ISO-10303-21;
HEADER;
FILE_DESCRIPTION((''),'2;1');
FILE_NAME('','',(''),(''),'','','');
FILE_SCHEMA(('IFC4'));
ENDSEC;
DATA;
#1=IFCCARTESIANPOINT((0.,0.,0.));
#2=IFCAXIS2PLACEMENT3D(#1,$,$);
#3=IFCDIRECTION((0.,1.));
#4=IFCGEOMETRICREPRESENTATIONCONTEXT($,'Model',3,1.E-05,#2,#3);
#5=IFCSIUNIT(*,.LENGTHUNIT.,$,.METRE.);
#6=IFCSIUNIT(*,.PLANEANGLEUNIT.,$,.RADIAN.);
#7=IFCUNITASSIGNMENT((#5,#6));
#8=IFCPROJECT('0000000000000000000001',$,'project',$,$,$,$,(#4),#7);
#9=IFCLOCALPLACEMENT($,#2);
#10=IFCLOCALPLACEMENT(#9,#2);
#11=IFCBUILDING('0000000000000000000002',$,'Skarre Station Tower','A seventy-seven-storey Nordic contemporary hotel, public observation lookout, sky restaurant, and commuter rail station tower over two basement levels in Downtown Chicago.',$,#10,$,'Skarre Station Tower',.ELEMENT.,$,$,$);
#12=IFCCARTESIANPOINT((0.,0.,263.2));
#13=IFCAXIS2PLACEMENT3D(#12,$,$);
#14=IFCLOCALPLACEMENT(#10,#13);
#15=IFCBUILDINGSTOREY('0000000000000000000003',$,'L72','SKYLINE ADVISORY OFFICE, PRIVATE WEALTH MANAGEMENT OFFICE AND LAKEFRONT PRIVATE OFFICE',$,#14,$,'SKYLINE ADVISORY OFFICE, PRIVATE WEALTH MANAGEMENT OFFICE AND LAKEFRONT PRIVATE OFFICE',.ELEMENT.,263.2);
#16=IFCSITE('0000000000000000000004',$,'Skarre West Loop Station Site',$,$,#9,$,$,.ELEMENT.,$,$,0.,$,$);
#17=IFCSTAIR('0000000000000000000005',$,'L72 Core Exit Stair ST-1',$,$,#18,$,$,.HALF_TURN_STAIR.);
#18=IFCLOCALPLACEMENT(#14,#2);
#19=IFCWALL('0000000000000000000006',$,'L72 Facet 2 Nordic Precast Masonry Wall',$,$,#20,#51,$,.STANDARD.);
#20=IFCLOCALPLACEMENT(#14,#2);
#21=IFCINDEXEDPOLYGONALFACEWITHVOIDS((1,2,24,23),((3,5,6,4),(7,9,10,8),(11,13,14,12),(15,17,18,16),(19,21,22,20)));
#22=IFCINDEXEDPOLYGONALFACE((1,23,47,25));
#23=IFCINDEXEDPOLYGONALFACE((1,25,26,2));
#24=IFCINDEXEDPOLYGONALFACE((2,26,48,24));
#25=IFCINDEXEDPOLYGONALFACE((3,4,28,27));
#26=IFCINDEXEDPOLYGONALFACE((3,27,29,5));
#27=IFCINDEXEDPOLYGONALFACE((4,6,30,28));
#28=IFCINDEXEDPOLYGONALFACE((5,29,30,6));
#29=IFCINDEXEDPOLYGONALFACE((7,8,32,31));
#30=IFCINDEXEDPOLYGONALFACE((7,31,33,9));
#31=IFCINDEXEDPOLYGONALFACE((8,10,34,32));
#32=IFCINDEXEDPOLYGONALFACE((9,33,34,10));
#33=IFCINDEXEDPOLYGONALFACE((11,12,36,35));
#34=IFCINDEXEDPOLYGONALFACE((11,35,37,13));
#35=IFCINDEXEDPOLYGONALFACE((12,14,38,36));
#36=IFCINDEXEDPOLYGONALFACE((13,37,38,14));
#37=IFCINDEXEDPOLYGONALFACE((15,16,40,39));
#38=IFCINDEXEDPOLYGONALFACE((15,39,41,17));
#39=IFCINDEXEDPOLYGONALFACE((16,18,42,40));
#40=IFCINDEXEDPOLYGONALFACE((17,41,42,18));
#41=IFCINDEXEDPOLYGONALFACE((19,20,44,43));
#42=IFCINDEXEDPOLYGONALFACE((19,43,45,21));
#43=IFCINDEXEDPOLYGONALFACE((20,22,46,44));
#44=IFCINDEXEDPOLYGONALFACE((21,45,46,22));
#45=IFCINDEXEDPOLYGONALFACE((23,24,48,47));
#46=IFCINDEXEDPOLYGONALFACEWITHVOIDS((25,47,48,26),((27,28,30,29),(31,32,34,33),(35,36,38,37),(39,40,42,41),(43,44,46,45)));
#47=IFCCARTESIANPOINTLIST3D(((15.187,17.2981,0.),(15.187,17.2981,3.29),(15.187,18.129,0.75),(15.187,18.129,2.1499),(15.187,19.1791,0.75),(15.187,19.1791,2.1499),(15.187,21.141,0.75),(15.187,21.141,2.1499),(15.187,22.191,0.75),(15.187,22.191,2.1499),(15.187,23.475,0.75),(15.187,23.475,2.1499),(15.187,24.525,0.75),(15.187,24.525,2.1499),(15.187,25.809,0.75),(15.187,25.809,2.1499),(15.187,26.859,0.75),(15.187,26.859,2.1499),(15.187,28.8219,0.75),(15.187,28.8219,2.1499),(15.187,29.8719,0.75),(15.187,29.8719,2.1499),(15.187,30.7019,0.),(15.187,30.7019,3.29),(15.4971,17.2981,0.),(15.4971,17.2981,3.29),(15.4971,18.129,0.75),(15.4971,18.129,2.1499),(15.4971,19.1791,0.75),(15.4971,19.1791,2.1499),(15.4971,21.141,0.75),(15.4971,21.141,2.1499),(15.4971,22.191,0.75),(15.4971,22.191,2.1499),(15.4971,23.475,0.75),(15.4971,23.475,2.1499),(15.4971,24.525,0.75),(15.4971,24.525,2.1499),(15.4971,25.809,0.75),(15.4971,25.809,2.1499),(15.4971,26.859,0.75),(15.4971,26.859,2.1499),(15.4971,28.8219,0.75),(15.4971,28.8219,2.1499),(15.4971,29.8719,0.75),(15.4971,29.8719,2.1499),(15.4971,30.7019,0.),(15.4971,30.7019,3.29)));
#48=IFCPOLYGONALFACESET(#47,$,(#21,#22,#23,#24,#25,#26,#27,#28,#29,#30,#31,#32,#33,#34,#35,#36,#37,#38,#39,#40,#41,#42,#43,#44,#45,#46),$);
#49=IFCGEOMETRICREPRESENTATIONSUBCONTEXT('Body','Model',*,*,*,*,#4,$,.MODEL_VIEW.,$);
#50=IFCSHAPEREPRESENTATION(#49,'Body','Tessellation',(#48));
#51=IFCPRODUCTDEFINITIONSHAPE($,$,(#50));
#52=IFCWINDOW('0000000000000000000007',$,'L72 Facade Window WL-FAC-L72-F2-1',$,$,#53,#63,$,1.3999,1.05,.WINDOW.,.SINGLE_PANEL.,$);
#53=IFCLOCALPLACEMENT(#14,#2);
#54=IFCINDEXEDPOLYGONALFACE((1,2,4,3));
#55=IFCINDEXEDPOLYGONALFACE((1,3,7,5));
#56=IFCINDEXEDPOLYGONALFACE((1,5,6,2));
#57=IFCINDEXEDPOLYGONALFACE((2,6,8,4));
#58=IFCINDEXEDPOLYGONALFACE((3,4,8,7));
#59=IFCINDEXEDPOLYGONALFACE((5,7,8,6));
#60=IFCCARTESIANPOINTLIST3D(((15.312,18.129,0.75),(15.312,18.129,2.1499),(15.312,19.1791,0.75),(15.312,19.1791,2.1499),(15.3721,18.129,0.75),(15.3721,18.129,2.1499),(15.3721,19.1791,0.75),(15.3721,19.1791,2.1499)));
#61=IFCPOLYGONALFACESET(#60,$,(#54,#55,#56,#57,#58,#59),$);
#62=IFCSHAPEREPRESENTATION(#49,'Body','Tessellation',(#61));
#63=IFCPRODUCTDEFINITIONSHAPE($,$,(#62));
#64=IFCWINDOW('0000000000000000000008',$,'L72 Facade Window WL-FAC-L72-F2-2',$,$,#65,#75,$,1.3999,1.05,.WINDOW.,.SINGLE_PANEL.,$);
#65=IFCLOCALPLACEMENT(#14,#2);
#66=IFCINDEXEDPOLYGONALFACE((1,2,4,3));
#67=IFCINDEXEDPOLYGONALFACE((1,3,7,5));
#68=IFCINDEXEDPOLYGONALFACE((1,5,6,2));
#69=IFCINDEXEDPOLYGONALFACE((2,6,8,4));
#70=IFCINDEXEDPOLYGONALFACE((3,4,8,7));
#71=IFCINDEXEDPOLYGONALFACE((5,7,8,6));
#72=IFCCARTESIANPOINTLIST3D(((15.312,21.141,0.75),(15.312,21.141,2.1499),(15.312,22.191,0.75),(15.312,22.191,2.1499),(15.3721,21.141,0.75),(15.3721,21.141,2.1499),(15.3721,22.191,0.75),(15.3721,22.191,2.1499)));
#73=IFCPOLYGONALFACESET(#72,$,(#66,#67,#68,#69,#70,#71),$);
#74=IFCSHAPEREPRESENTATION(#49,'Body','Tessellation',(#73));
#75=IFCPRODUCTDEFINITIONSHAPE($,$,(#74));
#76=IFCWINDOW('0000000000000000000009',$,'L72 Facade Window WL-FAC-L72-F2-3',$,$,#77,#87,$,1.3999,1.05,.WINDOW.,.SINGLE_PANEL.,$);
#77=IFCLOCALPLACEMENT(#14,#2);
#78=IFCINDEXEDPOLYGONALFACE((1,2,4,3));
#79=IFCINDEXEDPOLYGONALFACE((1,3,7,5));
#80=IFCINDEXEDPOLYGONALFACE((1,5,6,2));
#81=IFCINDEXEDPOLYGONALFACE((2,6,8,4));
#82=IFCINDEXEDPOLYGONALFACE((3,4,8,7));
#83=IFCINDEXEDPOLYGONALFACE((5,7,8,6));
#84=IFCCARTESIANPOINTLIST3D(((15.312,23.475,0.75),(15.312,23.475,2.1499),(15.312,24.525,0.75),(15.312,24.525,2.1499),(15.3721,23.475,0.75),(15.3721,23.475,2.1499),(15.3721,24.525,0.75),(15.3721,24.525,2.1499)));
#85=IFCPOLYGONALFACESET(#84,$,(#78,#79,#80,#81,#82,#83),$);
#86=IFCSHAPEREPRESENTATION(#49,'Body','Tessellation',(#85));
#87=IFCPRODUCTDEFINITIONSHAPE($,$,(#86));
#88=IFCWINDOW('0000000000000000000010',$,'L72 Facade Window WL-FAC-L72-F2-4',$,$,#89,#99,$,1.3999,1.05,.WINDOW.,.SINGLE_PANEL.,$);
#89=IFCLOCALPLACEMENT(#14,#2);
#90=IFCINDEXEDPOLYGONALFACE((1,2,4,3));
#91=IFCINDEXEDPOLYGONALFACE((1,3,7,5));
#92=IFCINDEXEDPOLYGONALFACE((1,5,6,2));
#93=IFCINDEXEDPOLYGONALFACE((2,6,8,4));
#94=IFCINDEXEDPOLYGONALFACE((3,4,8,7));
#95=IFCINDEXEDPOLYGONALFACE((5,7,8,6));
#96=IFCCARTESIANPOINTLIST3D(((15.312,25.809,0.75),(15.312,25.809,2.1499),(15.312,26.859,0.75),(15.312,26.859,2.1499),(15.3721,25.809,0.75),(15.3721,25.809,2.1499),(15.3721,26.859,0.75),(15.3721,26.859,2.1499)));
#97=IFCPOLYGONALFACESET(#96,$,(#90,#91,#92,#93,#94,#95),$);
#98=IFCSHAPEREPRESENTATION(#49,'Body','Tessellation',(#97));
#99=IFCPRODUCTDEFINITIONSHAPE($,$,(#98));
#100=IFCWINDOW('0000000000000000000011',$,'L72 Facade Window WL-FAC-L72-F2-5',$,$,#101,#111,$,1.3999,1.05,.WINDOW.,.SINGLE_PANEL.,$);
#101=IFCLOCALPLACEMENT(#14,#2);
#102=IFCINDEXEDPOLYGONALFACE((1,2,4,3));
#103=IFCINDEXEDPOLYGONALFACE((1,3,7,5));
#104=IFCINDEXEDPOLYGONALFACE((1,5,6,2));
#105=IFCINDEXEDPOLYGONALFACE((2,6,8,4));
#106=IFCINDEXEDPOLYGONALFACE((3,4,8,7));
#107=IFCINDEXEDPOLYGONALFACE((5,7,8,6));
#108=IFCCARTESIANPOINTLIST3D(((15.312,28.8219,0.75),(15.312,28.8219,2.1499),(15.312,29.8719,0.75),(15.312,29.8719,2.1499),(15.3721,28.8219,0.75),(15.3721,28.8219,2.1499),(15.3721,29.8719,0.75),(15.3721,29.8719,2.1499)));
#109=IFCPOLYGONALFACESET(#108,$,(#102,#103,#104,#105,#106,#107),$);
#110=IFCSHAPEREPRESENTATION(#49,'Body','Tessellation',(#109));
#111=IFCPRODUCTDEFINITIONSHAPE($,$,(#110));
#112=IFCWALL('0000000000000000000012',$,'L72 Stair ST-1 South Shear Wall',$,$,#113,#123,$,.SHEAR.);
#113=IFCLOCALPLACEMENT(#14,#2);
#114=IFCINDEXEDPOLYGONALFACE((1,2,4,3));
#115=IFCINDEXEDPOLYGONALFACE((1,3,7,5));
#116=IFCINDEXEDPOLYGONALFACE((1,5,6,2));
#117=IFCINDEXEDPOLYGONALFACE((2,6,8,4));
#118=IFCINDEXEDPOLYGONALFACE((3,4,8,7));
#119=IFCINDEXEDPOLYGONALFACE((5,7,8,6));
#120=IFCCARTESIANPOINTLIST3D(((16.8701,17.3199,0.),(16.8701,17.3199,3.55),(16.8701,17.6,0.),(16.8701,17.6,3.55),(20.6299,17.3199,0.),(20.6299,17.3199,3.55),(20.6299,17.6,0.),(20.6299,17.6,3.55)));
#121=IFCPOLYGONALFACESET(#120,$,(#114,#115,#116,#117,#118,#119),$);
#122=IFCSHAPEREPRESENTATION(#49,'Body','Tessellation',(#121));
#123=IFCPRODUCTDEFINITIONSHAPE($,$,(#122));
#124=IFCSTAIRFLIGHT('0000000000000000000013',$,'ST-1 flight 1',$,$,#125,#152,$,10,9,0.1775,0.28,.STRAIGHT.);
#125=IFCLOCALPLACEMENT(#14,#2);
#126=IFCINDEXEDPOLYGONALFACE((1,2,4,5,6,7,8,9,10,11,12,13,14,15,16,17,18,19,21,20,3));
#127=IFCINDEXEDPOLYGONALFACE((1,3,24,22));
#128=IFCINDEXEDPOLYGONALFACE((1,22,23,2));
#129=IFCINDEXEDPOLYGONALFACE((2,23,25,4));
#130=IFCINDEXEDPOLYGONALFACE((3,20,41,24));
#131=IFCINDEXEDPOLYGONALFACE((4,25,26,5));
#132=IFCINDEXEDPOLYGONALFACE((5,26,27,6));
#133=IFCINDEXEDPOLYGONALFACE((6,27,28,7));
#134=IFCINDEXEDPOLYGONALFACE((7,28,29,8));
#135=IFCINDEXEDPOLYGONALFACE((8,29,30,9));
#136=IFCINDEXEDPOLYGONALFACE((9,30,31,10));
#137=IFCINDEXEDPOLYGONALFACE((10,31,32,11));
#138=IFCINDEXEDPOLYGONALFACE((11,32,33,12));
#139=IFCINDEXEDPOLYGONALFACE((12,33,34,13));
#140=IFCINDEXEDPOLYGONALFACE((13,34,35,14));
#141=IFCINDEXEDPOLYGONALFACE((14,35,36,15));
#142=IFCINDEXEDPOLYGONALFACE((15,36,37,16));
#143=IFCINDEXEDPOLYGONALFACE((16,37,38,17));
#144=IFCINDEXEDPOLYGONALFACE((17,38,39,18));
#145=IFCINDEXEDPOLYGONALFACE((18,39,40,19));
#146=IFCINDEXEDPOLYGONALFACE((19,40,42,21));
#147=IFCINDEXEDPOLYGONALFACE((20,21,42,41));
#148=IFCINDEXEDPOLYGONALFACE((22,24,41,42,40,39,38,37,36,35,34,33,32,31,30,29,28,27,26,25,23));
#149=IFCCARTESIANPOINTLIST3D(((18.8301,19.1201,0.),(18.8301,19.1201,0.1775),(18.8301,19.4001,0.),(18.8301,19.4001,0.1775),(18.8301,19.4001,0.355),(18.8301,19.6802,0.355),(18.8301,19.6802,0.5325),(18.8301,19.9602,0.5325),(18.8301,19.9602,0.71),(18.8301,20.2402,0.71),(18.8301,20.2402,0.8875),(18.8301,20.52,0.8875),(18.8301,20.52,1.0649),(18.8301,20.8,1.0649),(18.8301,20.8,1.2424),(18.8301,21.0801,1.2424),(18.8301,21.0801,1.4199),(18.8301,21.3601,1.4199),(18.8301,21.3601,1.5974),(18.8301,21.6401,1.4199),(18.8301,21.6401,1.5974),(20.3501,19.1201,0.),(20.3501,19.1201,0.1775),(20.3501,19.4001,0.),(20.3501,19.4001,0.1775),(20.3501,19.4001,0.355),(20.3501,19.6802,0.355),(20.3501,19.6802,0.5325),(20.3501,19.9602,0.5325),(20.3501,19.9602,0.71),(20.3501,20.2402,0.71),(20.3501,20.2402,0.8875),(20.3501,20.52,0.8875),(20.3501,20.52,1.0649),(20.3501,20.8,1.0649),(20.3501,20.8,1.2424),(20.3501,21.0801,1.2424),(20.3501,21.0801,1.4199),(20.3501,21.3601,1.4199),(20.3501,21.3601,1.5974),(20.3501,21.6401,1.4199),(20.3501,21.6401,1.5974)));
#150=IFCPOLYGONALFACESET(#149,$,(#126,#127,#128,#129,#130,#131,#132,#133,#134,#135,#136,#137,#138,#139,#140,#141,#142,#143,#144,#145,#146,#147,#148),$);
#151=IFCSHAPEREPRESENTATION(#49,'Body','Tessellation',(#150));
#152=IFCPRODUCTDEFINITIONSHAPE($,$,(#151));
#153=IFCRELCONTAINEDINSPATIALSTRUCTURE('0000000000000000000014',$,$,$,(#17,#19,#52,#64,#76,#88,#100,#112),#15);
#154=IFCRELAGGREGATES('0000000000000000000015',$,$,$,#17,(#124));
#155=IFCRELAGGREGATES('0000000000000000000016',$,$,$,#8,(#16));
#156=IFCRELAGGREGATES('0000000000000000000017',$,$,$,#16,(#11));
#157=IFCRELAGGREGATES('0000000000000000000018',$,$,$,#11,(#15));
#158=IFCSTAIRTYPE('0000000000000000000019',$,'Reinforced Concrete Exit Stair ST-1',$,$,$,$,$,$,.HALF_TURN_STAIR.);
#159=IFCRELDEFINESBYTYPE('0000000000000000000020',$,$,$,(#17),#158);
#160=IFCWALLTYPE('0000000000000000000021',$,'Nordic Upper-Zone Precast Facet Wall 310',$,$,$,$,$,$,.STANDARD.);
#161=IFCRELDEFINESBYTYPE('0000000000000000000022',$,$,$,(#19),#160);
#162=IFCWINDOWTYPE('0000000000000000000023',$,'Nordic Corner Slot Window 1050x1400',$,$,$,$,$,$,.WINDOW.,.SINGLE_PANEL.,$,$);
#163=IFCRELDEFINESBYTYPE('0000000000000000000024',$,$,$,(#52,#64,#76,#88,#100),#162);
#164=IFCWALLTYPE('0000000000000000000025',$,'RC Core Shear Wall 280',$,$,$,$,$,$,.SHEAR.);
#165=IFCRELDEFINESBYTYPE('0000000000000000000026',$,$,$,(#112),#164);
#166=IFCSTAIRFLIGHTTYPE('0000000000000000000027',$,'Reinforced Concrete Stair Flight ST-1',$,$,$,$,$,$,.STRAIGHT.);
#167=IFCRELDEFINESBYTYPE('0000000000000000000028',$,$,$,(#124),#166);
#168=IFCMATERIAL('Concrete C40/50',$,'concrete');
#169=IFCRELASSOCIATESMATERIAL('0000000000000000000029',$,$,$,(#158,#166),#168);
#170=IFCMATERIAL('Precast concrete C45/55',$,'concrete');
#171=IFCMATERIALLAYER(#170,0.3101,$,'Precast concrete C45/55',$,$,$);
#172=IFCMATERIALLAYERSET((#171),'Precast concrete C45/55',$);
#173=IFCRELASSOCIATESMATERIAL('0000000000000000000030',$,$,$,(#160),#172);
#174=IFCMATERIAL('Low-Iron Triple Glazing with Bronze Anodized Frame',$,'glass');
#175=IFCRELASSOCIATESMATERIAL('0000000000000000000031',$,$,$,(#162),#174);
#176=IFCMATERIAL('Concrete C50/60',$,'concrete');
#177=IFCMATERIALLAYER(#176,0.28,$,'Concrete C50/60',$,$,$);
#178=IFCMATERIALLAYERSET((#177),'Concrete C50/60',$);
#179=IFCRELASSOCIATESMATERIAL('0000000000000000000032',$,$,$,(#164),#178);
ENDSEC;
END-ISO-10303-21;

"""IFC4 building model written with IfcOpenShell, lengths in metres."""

from ifc_helpers import new_model, si_unit, direction, frame, frame_2d, origin, place, context, subcontext, project, spatial, polyline, rectangle, outline, extrude, material, layer, layer_set, type_object, element, fill, aggregate, save


model = new_model("IFC4")

# Units and contexts
model_context = context("Model", 3, precision=1e-05, world=origin(), true_north=direction((0.0, 1.0)))
body_context = subcontext(model_context, "Body", "Model", "MODEL_VIEW")
ifc_project = project(units=[si_unit("LENGTHUNIT", "METRE"), si_unit("PLANEANGLEUNIT", "RADIAN")], contexts=[model_context])

# Site, building, storey
site_placement = place(None, origin())
site = spatial("IfcSite", under=ifc_project, at=site_placement, Name="Skarre West Loop Station Site", CompositionType="ELEMENT", RefElevation=0.0)
building_placement = place(site_placement, origin())
building = spatial("IfcBuilding", under=site, at=building_placement, Name="Skarre Station Tower", Description="A seventy-seven-storey Nordic contemporary hotel, public observation lookout, sky restaurant, and commuter rail station tower over two basement levels in Downtown Chicago.", LongName="Skarre Station Tower", CompositionType="ELEMENT")
storey_placement = place(building_placement, frame((0.0, 0.0, 263.2)))
storey = spatial("IfcBuildingStorey", under=building, at=storey_placement, Name="L72", Description="SKYLINE ADVISORY OFFICE, PRIVATE WEALTH MANAGEMENT OFFICE AND LAKEFRONT PRIVATE OFFICE", LongName="SKYLINE ADVISORY OFFICE, PRIVATE WEALTH MANAGEMENT OFFICE AND LAKEFRONT PRIVATE OFFICE", CompositionType="ELEMENT", Elevation=263.2)

# Shared definitions
ifc_material_1 = material(Name="Concrete C50/60", Category="concrete")

# Stair
ifc_material_2 = material(Name="Concrete C40/50", Category="concrete")
stair_type_1 = type_object("IfcStairType", Name="Reinforced Concrete Exit Stair ST-1", PredefinedType="HALF_TURN_STAIR", material=ifc_material_2)
stair_1_placement = place(storey_placement, origin())
stair_1 = element("IfcStair", 1, at=stair_1_placement, inside=storey, type_object=stair_type_1, Name="L72 Core Exit Stair ST-1", PredefinedType="HALF_TURN_STAIR")

# Shared definitions
ifc_material_3 = material(Name="Precast concrete C45/55", Category="concrete")

# Wall, openings, windows
ifc_layer_1 = layer(ifc_material_3, 0.3101, Name="Precast concrete C45/55")
ifc_layer_set_1 = layer_set([ifc_layer_1], Name="Precast concrete C45/55")
wall_type_1 = type_object("IfcWallType", Name="Nordic Upper-Zone Precast Facet Wall 310", PredefinedType="STANDARD", material=ifc_layer_set_1)
wall_1_placement = place(storey_placement, frame((15.342, 17.2981, 0.0), z_axis=(0.0, 0.0, 1.0), x_axis=(0.0, 1.0, 0.0)))
wall_1 = element("IfcWall", 2, at=wall_1_placement, inside=storey, type_object=wall_type_1, Name="L72 Facet 2 Nordic Precast Masonry Wall", PredefinedType="STANDARD", context=body_context, shape_type="SweptSolid", body=[
    extrude(rectangle(XDim=13.4038, YDim=0.3101, at=frame_2d((6.7019, 0.0))), origin(), (0.0, 0.0, 1.0), 3.29),
])
opening_1_placement = place(wall_1_placement, frame((0.8311, 0.0, 0.75)))
opening_1 = element("IfcOpeningElement", 3, at=opening_1_placement, cuts=wall_1, PredefinedType="OPENING", context=body_context, shape_type="SweptSolid", body=[
    extrude(rectangle(XDim=1.05, YDim=1.3999, at=frame_2d((0.5249, 0.7))), frame((0.0, 0.165, 0.0), z_axis=(0.0, -1.0, 0.0), x_axis=(1.0, 0.0, 0.0)), (0.0, 0.0, 1.0), 0.3301),
])
opening_2_placement = place(wall_1_placement, frame((3.843, 0.0, 0.75)))
opening_2 = element("IfcOpeningElement", 4, at=opening_2_placement, cuts=wall_1, PredefinedType="OPENING", context=body_context, shape_type="SweptSolid", body=[
    extrude(rectangle(XDim=1.05, YDim=1.3999, at=frame_2d((0.5249, 0.7))), frame((0.0, 0.165, 0.0), z_axis=(0.0, -1.0, 0.0), x_axis=(1.0, 0.0, 0.0)), (0.0, 0.0, 1.0), 0.3301),
])
opening_3_placement = place(wall_1_placement, frame((6.177, 0.0, 0.75)))
opening_3 = element("IfcOpeningElement", 5, at=opening_3_placement, cuts=wall_1, PredefinedType="OPENING", context=body_context, shape_type="SweptSolid", body=[
    extrude(rectangle(XDim=1.05, YDim=1.3999, at=frame_2d((0.5249, 0.7))), frame((0.0, 0.165, 0.0), z_axis=(0.0, -1.0, 0.0), x_axis=(1.0, 0.0, 0.0)), (0.0, 0.0, 1.0), 0.3301),
])
opening_4_placement = place(wall_1_placement, frame((8.511, 0.0, 0.75)))
opening_4 = element("IfcOpeningElement", 6, at=opening_4_placement, cuts=wall_1, PredefinedType="OPENING", context=body_context, shape_type="SweptSolid", body=[
    extrude(rectangle(XDim=1.05, YDim=1.3999, at=frame_2d((0.5249, 0.7))), frame((0.0, 0.165, 0.0), z_axis=(0.0, -1.0, 0.0), x_axis=(1.0, 0.0, 0.0)), (0.0, 0.0, 1.0), 0.3301),
])
opening_5_placement = place(wall_1_placement, frame((11.5239, 0.0, 0.75)))
opening_5 = element("IfcOpeningElement", 7, at=opening_5_placement, cuts=wall_1, PredefinedType="OPENING", context=body_context, shape_type="SweptSolid", body=[
    extrude(rectangle(XDim=1.05, YDim=1.3999, at=frame_2d((0.5249, 0.7))), frame((0.0, 0.165, 0.0), z_axis=(0.0, -1.0, 0.0), x_axis=(1.0, 0.0, 0.0)), (0.0, 0.0, 1.0), 0.3301),
])
ifc_material_4 = material(Name="Low-Iron Triple Glazing with Bronze Anodized Frame", Category="glass")
window_type = type_object("IfcWindowType", Name="Nordic Corner Slot Window 1050x1400", PartitioningType="SINGLE_PANEL", PredefinedType="WINDOW", material=ifc_material_4)
window_1_placement = place(opening_1_placement, origin())
window_1 = element("IfcWindow", 8, at=window_1_placement, inside=storey, type_object=window_type, Name="L72 Facade Window WL-FAC-L72-F2-1", OverallHeight=1.3999, OverallWidth=1.05, PartitioningType="SINGLE_PANEL", PredefinedType="WINDOW", context=body_context, shape_type="SweptSolid", body=[
    extrude(rectangle(XDim=1.05, YDim=1.3999, at=frame_2d((0.5249, 0.7))), frame((0.0, 0.03, 0.0), z_axis=(0.0, -1.0, 0.0), x_axis=(1.0, 0.0, 0.0)), (0.0, 0.0, 1.0), 0.0601),
])
fill(opening_1, window_1)
window_2_placement = place(opening_2_placement, origin())
window_2 = element("IfcWindow", 9, at=window_2_placement, inside=storey, type_object=window_type, Name="L72 Facade Window WL-FAC-L72-F2-2", OverallHeight=1.3999, OverallWidth=1.05, PartitioningType="SINGLE_PANEL", PredefinedType="WINDOW", context=body_context, shape_type="SweptSolid", body=[
    extrude(rectangle(XDim=1.05, YDim=1.3999, at=frame_2d((0.5249, 0.7))), frame((0.0, 0.03, 0.0), z_axis=(0.0, -1.0, 0.0), x_axis=(1.0, 0.0, 0.0)), (0.0, 0.0, 1.0), 0.0601),
])
fill(opening_2, window_2)
window_3_placement = place(opening_3_placement, origin())
window_3 = element("IfcWindow", 10, at=window_3_placement, inside=storey, type_object=window_type, Name="L72 Facade Window WL-FAC-L72-F2-3", OverallHeight=1.3999, OverallWidth=1.05, PartitioningType="SINGLE_PANEL", PredefinedType="WINDOW", context=body_context, shape_type="SweptSolid", body=[
    extrude(rectangle(XDim=1.05, YDim=1.3999, at=frame_2d((0.5249, 0.7))), frame((0.0, 0.03, 0.0), z_axis=(0.0, -1.0, 0.0), x_axis=(1.0, 0.0, 0.0)), (0.0, 0.0, 1.0), 0.0601),
])
fill(opening_3, window_3)
window_4_placement = place(opening_4_placement, origin())
window_4 = element("IfcWindow", 11, at=window_4_placement, inside=storey, type_object=window_type, Name="L72 Facade Window WL-FAC-L72-F2-4", OverallHeight=1.3999, OverallWidth=1.05, PartitioningType="SINGLE_PANEL", PredefinedType="WINDOW", context=body_context, shape_type="SweptSolid", body=[
    extrude(rectangle(XDim=1.05, YDim=1.3999, at=frame_2d((0.5249, 0.7))), frame((0.0, 0.03, 0.0), z_axis=(0.0, -1.0, 0.0), x_axis=(1.0, 0.0, 0.0)), (0.0, 0.0, 1.0), 0.0601),
])
fill(opening_4, window_4)
window_5_placement = place(opening_5_placement, origin())
window_5 = element("IfcWindow", 12, at=window_5_placement, inside=storey, type_object=window_type, Name="L72 Facade Window WL-FAC-L72-F2-5", OverallHeight=1.3999, OverallWidth=1.05, PartitioningType="SINGLE_PANEL", PredefinedType="WINDOW", context=body_context, shape_type="SweptSolid", body=[
    extrude(rectangle(XDim=1.05, YDim=1.3999, at=frame_2d((0.5249, 0.7))), frame((0.0, 0.03, 0.0), z_axis=(0.0, -1.0, 0.0), x_axis=(1.0, 0.0, 0.0)), (0.0, 0.0, 1.0), 0.0601),
])
fill(opening_5, window_5)

# Wall
ifc_layer_2 = layer(ifc_material_1, 0.28, Name="Concrete C50/60")
ifc_layer_set_2 = layer_set([ifc_layer_2], Name="Concrete C50/60")
wall_type_2 = type_object("IfcWallType", Name="RC Core Shear Wall 280", PredefinedType="SHEAR", material=ifc_layer_set_2)
wall_2_placement = place(storey_placement, frame((16.8701, 17.46, 0.0), z_axis=(0.0, 0.0, 1.0), x_axis=(1.0, 0.0, 0.0)))
element("IfcWall", 13, at=wall_2_placement, inside=storey, type_object=wall_type_2, Name="L72 Stair ST-1 South Shear Wall", PredefinedType="SHEAR", context=body_context, shape_type="SweptSolid", body=[
    extrude(rectangle(XDim=3.7598, YDim=0.28, at=frame_2d((1.8799, 0.0))), origin(), (0.0, 0.0, 1.0), 3.55),
])

# Stair flight
stair_flight_type = type_object("IfcStairFlightType", Name="Reinforced Concrete Stair Flight ST-1", PredefinedType="STRAIGHT", material=ifc_material_2)
stair_flight_placement = place(storey_placement, frame((19.5901, 19.1201, 0.0), z_axis=(0.0, 0.0, 1.0), x_axis=(0.0, 1.0, 0.0)))
stair_flight = element("IfcStairFlight", 14, at=stair_flight_placement, type_object=stair_flight_type, Name="ST-1 flight 1", NumberOfRisers=10, NumberOfTreads=9, PredefinedType="STRAIGHT", RiserHeight=0.1775, TreadLength=0.28, context=body_context, shape_type="SweptSolid", body=[
    extrude(outline(polyline([(0.0, 0.0), (0.0, 0.1775), (0.28, 0.1775), (0.28, 0.355), (0.5601, 0.355), (0.5601, 0.5325), (0.8401, 0.5325), (0.8401, 0.71), (1.1201, 0.71), (1.1201, 0.8875), (1.3999, 0.8875), (1.3999, 1.0649), (1.6799, 1.0649), (1.6799, 1.2424), (1.96, 1.2424), (1.96, 1.4199), (2.24, 1.4199), (2.24, 1.5974), (2.52, 1.5974), (2.52, 1.7749), (2.52, 1.4199), (0.28, 0.0), (0.0, 0.0)])), frame((0.0, 0.76, 0.0), z_axis=(0.0, -1.0, 0.0), x_axis=(1.0, 0.0, 0.0)), (0.0, 0.0, 1.0), 1.52),
])
aggregate(stair_1, [stair_flight])

save(model, "model.ifc")
